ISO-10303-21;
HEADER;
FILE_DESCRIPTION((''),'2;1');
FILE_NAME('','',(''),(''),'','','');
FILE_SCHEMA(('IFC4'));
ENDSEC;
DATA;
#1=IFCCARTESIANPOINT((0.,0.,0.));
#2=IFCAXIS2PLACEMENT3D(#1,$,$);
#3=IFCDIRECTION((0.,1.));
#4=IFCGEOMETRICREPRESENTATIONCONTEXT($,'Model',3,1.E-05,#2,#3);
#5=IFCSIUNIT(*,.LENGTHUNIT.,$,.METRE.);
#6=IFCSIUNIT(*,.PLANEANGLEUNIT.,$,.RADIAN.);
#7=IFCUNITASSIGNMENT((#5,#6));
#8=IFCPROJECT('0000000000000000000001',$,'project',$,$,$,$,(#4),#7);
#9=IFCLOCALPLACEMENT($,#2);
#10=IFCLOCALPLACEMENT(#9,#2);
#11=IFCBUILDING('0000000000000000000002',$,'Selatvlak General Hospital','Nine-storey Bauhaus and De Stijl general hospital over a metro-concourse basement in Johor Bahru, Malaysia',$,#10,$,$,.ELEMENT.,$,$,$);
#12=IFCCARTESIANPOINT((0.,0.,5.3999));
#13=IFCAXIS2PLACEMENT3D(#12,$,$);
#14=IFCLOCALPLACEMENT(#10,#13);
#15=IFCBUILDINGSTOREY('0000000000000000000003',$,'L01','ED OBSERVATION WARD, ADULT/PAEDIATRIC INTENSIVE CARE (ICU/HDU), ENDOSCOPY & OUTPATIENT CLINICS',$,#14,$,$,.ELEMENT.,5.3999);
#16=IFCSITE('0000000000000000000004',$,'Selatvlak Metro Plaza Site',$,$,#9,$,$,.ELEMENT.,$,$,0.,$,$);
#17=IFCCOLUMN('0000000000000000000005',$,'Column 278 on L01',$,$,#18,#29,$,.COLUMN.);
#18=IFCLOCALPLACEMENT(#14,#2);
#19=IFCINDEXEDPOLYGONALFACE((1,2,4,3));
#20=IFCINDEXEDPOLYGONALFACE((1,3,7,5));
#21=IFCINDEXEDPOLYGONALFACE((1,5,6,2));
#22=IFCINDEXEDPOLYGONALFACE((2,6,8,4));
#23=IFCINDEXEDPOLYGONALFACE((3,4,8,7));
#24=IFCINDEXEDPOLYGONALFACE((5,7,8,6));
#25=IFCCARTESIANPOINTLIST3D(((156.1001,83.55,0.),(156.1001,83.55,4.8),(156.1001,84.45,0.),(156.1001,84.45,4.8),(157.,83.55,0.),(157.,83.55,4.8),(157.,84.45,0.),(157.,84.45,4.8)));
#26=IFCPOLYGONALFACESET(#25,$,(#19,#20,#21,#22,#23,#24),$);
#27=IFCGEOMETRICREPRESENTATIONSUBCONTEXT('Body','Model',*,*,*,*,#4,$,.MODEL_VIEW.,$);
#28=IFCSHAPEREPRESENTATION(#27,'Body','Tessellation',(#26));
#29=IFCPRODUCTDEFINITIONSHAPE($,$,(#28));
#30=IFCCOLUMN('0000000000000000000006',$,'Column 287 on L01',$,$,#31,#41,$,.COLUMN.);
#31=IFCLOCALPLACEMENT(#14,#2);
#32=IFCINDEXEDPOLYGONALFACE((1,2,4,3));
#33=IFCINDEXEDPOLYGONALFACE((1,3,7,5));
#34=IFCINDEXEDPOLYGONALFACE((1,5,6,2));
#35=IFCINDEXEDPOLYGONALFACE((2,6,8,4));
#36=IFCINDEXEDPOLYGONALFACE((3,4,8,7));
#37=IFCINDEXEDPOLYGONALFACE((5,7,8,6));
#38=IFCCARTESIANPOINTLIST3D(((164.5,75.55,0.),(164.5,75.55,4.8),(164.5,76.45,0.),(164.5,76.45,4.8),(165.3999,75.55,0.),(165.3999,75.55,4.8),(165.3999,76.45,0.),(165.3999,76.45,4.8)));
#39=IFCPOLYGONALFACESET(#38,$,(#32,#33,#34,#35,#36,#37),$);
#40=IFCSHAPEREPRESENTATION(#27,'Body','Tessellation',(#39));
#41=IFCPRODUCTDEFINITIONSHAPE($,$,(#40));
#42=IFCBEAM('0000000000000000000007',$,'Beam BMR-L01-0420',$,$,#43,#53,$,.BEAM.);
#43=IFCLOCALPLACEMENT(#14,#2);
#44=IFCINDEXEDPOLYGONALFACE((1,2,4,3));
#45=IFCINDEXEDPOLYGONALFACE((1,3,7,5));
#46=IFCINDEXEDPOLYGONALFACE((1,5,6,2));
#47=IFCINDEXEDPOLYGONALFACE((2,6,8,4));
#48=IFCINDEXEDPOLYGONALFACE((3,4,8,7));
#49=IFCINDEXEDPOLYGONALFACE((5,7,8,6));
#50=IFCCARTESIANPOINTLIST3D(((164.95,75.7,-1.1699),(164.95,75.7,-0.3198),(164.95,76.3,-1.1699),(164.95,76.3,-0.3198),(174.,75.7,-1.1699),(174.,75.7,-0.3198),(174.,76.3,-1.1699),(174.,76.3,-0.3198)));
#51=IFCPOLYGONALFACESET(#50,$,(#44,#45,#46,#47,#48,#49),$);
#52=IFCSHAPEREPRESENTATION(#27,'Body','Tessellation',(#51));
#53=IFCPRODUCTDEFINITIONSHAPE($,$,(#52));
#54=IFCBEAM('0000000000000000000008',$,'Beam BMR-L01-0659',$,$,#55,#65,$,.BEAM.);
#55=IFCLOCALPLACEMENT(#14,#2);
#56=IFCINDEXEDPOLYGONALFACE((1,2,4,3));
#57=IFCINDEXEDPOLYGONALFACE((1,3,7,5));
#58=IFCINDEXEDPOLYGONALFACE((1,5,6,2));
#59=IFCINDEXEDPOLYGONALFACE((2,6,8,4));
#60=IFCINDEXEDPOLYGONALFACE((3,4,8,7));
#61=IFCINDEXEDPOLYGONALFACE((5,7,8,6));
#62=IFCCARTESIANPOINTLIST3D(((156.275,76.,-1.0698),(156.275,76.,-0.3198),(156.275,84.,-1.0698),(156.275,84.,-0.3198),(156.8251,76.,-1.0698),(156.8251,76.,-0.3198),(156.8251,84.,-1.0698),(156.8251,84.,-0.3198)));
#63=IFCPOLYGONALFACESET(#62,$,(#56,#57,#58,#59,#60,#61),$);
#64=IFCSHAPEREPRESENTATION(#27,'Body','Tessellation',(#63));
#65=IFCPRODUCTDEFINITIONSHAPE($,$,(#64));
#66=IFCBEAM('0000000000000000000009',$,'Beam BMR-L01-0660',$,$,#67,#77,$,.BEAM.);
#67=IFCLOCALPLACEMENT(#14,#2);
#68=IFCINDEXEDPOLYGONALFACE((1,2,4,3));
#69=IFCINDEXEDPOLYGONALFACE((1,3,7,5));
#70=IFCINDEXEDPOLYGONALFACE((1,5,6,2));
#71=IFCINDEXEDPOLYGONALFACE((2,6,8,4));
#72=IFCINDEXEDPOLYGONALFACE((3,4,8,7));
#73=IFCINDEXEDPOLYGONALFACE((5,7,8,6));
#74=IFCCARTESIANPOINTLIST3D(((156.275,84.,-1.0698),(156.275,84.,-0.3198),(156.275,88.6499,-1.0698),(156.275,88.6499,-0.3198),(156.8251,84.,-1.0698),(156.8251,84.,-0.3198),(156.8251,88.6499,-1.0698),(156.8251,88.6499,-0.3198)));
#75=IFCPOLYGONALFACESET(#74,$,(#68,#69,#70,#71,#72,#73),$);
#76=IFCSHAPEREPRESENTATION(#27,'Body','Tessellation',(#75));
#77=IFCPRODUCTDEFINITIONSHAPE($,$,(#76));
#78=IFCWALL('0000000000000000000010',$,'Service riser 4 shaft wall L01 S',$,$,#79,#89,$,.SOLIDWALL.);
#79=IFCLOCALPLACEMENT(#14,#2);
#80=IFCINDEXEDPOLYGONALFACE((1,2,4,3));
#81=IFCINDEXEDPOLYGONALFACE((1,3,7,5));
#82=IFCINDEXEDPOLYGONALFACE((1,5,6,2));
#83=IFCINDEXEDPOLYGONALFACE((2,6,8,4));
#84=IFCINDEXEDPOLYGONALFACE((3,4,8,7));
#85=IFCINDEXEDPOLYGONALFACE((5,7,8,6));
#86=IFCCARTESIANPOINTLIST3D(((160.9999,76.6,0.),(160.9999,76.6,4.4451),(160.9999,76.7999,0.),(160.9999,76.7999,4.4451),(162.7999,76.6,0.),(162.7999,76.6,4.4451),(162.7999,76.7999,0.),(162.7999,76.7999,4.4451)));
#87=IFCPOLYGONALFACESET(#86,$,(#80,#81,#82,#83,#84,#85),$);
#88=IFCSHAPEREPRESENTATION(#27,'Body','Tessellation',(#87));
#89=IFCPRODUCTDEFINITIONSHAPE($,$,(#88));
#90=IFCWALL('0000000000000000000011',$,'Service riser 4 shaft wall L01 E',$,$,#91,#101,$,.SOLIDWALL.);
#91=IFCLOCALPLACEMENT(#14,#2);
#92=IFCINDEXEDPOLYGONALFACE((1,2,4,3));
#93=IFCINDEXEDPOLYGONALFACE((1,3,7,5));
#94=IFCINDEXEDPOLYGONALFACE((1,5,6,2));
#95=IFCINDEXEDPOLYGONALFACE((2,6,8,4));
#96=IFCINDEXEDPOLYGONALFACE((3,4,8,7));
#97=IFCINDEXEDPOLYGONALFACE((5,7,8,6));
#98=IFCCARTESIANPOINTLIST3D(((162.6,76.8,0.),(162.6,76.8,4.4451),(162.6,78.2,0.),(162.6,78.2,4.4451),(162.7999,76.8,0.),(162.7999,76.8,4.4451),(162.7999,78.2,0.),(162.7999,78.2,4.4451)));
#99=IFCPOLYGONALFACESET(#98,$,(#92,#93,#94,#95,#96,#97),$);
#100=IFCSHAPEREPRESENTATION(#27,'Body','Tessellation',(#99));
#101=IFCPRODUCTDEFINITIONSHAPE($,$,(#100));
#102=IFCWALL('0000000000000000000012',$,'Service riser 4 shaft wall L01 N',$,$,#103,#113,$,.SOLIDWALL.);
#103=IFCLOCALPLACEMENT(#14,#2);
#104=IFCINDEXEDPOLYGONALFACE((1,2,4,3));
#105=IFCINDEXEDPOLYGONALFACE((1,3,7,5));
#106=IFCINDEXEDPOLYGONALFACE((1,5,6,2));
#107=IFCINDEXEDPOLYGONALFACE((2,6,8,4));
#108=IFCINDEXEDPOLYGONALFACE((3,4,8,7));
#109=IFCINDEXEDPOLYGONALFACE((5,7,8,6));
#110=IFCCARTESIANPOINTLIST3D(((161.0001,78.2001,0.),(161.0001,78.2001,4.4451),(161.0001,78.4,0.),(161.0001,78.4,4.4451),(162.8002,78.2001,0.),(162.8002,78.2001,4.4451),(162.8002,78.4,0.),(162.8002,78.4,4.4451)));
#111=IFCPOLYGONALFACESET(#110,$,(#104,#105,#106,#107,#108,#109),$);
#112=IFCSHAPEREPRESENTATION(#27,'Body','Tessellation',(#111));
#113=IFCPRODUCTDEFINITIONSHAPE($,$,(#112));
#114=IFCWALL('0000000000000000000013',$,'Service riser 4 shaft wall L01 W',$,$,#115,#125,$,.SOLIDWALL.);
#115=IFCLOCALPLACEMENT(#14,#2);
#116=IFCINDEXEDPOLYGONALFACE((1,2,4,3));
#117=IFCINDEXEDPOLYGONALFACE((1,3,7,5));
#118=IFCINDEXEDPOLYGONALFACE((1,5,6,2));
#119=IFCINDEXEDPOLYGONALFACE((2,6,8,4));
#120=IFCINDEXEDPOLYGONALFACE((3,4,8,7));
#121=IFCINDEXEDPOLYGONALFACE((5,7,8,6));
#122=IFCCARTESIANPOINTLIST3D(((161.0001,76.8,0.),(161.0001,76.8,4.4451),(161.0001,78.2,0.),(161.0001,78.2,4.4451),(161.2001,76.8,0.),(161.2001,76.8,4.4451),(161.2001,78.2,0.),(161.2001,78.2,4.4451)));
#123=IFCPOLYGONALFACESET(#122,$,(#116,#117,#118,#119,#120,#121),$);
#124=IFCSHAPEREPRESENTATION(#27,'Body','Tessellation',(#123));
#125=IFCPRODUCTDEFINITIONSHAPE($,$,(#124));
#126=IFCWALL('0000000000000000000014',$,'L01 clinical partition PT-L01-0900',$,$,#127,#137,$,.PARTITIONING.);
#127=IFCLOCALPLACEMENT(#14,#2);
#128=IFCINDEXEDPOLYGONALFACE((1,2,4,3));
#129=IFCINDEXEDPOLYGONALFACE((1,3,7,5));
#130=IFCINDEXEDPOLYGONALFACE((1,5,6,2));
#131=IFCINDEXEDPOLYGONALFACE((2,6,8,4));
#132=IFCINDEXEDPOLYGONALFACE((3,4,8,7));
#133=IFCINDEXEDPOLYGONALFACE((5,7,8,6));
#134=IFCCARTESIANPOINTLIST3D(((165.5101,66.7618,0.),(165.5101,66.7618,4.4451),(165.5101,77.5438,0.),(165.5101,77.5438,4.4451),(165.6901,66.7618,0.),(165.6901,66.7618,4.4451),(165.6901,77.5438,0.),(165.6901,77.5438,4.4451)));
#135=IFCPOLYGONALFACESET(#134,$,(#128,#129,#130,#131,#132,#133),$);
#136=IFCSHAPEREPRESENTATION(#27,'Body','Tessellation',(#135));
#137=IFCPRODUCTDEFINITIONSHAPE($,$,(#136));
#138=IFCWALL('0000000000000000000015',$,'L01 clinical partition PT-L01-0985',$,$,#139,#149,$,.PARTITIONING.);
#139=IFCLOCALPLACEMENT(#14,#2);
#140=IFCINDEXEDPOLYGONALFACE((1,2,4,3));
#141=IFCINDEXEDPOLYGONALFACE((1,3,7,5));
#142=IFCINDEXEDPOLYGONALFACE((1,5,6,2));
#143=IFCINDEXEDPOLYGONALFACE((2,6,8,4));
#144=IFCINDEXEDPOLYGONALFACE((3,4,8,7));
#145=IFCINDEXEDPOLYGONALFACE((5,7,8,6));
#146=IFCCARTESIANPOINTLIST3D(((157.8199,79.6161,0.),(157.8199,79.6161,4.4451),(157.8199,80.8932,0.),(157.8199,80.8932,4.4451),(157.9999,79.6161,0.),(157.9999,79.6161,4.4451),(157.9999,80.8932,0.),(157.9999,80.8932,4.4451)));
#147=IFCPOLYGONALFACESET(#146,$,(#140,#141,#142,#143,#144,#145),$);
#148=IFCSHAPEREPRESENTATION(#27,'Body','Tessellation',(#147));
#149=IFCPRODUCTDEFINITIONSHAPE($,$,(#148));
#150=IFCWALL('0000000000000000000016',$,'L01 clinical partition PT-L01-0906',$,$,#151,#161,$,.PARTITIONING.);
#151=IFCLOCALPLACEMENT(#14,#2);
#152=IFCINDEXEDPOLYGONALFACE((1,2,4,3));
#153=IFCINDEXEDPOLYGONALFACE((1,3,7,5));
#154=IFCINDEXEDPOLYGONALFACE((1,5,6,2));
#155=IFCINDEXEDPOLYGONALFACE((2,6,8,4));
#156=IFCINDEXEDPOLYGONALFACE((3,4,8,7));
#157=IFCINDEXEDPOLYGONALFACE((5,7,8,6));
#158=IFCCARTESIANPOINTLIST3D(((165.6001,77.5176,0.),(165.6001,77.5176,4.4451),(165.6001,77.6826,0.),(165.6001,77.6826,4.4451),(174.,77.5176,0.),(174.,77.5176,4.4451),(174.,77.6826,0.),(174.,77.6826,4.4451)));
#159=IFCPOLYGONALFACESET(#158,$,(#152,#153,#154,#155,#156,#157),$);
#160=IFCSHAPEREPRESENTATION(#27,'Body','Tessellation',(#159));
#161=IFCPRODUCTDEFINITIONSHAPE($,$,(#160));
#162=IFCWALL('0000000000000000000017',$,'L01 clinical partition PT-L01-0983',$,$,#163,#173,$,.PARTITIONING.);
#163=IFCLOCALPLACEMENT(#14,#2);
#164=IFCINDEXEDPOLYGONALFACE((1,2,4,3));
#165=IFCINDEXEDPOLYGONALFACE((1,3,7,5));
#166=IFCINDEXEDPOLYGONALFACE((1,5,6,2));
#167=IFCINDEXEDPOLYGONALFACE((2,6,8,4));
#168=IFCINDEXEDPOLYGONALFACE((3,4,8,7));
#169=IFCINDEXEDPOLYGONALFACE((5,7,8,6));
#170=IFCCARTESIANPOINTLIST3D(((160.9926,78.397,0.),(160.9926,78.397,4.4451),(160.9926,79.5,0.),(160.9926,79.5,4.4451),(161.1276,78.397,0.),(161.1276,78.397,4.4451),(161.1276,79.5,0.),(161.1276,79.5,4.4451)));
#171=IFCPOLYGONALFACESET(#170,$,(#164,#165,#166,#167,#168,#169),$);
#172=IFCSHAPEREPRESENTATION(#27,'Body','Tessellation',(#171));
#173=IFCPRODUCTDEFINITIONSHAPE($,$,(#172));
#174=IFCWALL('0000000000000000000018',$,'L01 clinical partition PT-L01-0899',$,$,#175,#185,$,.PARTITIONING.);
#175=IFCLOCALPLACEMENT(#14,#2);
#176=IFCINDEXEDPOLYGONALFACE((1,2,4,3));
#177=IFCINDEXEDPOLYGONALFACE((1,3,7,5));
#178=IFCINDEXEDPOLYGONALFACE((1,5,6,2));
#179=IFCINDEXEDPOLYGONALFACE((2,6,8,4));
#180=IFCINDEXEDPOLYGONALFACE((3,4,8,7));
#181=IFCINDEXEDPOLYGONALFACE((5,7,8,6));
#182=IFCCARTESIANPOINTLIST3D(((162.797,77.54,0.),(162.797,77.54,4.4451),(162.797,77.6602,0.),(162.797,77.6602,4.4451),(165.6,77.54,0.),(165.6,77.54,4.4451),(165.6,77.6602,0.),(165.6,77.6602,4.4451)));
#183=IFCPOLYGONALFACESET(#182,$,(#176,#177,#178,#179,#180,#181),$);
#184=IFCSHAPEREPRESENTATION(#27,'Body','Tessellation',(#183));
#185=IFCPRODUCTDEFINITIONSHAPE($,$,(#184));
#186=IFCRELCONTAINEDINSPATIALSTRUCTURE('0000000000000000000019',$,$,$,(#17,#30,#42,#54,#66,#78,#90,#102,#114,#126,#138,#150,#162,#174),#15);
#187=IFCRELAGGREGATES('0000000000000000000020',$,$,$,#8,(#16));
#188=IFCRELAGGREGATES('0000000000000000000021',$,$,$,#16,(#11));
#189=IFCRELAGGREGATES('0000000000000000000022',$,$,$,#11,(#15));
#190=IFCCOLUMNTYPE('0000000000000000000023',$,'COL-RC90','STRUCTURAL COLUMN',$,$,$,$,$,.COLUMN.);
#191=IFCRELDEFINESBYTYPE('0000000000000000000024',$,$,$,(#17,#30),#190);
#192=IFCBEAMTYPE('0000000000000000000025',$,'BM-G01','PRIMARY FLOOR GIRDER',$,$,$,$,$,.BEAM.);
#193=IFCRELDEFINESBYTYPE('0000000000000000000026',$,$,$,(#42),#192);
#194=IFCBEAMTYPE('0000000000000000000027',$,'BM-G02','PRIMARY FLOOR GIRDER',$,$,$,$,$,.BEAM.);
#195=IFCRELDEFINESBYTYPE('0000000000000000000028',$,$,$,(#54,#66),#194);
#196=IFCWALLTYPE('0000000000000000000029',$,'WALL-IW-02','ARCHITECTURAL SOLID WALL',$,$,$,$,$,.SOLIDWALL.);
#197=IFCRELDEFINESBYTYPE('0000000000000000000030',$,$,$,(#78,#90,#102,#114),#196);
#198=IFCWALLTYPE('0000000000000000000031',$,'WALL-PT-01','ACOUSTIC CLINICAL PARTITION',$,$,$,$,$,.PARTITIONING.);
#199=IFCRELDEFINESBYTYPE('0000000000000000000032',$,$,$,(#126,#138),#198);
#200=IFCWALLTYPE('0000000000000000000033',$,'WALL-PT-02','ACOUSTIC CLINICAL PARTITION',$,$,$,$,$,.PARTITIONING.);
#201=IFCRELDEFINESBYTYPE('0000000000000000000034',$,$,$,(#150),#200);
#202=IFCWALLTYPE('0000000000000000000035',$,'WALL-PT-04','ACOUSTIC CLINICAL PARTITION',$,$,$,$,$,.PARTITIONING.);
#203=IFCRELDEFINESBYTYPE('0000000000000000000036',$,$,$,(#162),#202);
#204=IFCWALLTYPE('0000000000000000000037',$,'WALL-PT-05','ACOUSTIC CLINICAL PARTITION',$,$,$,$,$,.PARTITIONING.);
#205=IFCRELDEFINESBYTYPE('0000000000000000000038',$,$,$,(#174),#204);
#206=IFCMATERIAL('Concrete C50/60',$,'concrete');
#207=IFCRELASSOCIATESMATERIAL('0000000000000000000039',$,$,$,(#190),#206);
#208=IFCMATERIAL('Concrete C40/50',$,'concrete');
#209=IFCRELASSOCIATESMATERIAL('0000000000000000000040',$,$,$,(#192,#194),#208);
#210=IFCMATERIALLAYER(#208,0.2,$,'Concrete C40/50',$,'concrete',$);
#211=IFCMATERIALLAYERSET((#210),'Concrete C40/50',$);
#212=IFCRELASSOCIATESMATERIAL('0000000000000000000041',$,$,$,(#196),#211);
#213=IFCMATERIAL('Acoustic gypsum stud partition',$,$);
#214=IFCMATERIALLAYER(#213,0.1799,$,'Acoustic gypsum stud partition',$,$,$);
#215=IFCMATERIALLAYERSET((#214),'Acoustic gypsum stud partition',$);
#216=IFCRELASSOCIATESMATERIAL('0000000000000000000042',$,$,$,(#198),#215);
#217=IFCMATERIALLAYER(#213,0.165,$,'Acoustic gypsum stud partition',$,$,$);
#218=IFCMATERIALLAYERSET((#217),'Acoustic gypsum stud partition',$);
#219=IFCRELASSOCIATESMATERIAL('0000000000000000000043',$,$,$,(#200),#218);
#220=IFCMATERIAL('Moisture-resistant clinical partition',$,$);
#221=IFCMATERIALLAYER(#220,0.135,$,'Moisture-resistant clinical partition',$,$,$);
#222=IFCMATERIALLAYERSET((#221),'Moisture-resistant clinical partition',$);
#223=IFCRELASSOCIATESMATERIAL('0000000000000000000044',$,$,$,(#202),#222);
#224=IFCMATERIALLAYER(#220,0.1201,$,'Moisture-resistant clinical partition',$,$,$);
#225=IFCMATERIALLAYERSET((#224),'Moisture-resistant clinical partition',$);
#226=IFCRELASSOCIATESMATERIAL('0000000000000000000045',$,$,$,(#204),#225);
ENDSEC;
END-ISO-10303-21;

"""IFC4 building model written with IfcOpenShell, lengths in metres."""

from ifc_helpers import new_model, si_unit, direction, frame, frame_2d, origin, origin_2d, place, context, subcontext, project, spatial, rectangle, extrude, material, layer, layer_set, material_profile, profile_set, type_object, element, save


model = new_model("IFC4")

# Units and contexts
model_context = context("Model", 3, precision=1e-05, world=origin(), true_north=direction((0.0, 1.0)))
body_context = subcontext(model_context, "Body", "Model", "MODEL_VIEW")
ifc_project = project(units=[si_unit("LENGTHUNIT", "METRE"), si_unit("PLANEANGLEUNIT", "RADIAN")], contexts=[model_context])

# Site, building, storey
site_placement = place(None, origin())
site = spatial("IfcSite", under=ifc_project, at=site_placement, Name="Selatvlak Metro Plaza Site", CompositionType="ELEMENT", RefElevation=0.0)
building_placement = place(site_placement, origin())
building = spatial("IfcBuilding", under=site, at=building_placement, Name="Selatvlak General Hospital", Description="Nine-storey Bauhaus and De Stijl general hospital over a metro-concourse basement in Johor Bahru, Malaysia", CompositionType="ELEMENT")
storey_placement = place(building_placement, frame((0.0, 0.0, 5.3999)))
storey = spatial("IfcBuildingStorey", under=building, at=storey_placement, Name="L01", Description="ED OBSERVATION WARD, ADULT/PAEDIATRIC INTENSIVE CARE (ICU/HDU), ENDOSCOPY & OUTPATIENT CLINICS", CompositionType="ELEMENT", Elevation=5.3999)

# Columns
ifc_material_1 = material(Name="Concrete C50/60", Category="concrete")
ifc_material_profile_1 = material_profile(ifc_material_1, rectangle(XDim=0.8999, YDim=0.8999, at=origin_2d()), Name="RC-COL 900x900")
ifc_profile_set_1 = profile_set([ifc_material_profile_1], Name="Concrete C50/60")
column_type = type_object("IfcColumnType", Name="COL-RC90", Description="STRUCTURAL COLUMN", PredefinedType="COLUMN", material=ifc_profile_set_1)
for number, where, z_axis, x_axis, name in (
    (1, (156.55, 84.0, 0.0), (0.0, 0.0, 1.0), (1.0, 0.0, 0.0), "Column 278 on L01"),
    (2, (164.95, 76.0, 0.0), (0.0, 0.0, 1.0), (1.0, 0.0, 0.0), "Column 287 on L01"),
):
    element("IfcColumn", number, at=place(storey_placement, frame(where, z_axis=z_axis, x_axis=x_axis)), inside=storey, type_object=column_type, Name=name, PredefinedType="COLUMN", context=body_context, shape_type="SweptSolid", body=[
        extrude(rectangle(XDim=0.8999, YDim=0.8999, at=origin_2d()), origin(), (0.0, 0.0, 1.0), 4.8),
    ])

# Beams
ifc_material_2 = material(Name="Concrete C40/50", Category="concrete")
ifc_material_profile_2 = material_profile(ifc_material_2, rectangle(XDim=0.6001, YDim=0.8501, at=origin_2d()), Name="RC-BM 600x850")
ifc_profile_set_2 = profile_set([ifc_material_profile_2], Name="Concrete C40/50")
beam_type_1 = type_object("IfcBeamType", Name="BM-G01", Description="PRIMARY FLOOR GIRDER", PredefinedType="BEAM", material=ifc_profile_set_2)
beam_1_placement = place(storey_placement, frame((164.95, 76.0, -0.7449), z_axis=(1.0, 0.0, 0.0), x_axis=(0.0, 1.0, 0.0)))
element("IfcBeam", 3, at=beam_1_placement, inside=storey, type_object=beam_type_1, Name="Beam BMR-L01-0420", PredefinedType="BEAM", context=body_context, shape_type="SweptSolid", body=[
    extrude(rectangle(XDim=0.6001, YDim=0.8501, at=origin_2d()), origin(), (0.0, 0.0, 1.0), 9.05),
])
ifc_material_profile_3 = material_profile(ifc_material_2, rectangle(XDim=0.55, YDim=0.75, at=origin_2d()), Name="RC-BM 550x750")
ifc_profile_set_3 = profile_set([ifc_material_profile_3], Name="Concrete C40/50")
beam_type_2 = type_object("IfcBeamType", Name="BM-G02", Description="PRIMARY FLOOR GIRDER", PredefinedType="BEAM", material=ifc_profile_set_3)
beam_2_placement = place(storey_placement, frame((156.55, 76.0, -0.6948), z_axis=(0.0, 1.0, 0.0), x_axis=(-1.0, 0.0, 0.0)))
element("IfcBeam", 4, at=beam_2_placement, inside=storey, type_object=beam_type_2, Name="Beam BMR-L01-0659", PredefinedType="BEAM", context=body_context, shape_type="SweptSolid", body=[
    extrude(rectangle(XDim=0.55, YDim=0.75, at=origin_2d()), origin(), (0.0, 0.0, 1.0), 8.0),
])
beam_3_placement = place(storey_placement, frame((156.55, 84.0, -0.6948), z_axis=(0.0, 1.0, 0.0), x_axis=(-1.0, 0.0, 0.0)))
element("IfcBeam", 5, at=beam_3_placement, inside=storey, type_object=beam_type_2, Name="Beam BMR-L01-0660", PredefinedType="BEAM", context=body_context, shape_type="SweptSolid", body=[
    extrude(rectangle(XDim=0.55, YDim=0.75, at=origin_2d()), origin(), (0.0, 0.0, 1.0), 4.6499),
])

# Walls
ifc_layer_1 = layer(ifc_material_2, 0.2, Name="Concrete C40/50", Category="concrete")
ifc_layer_set_1 = layer_set([ifc_layer_1], Name="Concrete C40/50")
wall_type_1 = type_object("IfcWallType", Name="WALL-IW-02", Description="ARCHITECTURAL SOLID WALL", PredefinedType="SOLIDWALL", material=ifc_layer_set_1)
wall_1_placement = place(storey_placement, frame((161.0, 76.7, 0.0), z_axis=(0.0, 0.0, 1.0), x_axis=(1.0, 0.0, 0.0)))
element("IfcWall", 6, at=wall_1_placement, inside=storey, type_object=wall_type_1, Name="Service riser 4 shaft wall L01 S", PredefinedType="SOLIDWALL", context=body_context, shape_type="SweptSolid", body=[
    extrude(rectangle(XDim=1.8, YDim=0.2, at=frame_2d((0.8999, 0.0))), origin(), (0.0, 0.0, 1.0), 4.4451),
])
wall_2_placement = place(storey_placement, frame((162.7, 76.8, 0.0), z_axis=(0.0, 0.0, 1.0), x_axis=(0.0, 1.0, 0.0)))
element("IfcWall", 7, at=wall_2_placement, inside=storey, type_object=wall_type_1, Name="Service riser 4 shaft wall L01 E", PredefinedType="SOLIDWALL", context=body_context, shape_type="SweptSolid", body=[
    extrude(rectangle(XDim=1.3999, YDim=0.2, at=frame_2d((0.7, 0.0))), origin(), (0.0, 0.0, 1.0), 4.4451),
])
wall_3_placement = place(storey_placement, frame((162.8, 78.3, 0.0), z_axis=(0.0, 0.0, 1.0), x_axis=(-1.0, 0.0, 0.0)))
element("IfcWall", 8, at=wall_3_placement, inside=storey, type_object=wall_type_1, Name="Service riser 4 shaft wall L01 N", PredefinedType="SOLIDWALL", context=body_context, shape_type="SweptSolid", body=[
    extrude(rectangle(XDim=1.8, YDim=0.2, at=frame_2d((0.8999, 0.0))), origin(), (0.0, 0.0, 1.0), 4.4451),
])
wall_4_placement = place(storey_placement, frame((161.1001, 78.2, 0.0), z_axis=(0.0, 0.0, 1.0), x_axis=(0.0, -1.0, 0.0)))
element("IfcWall", 9, at=wall_4_placement, inside=storey, type_object=wall_type_1, Name="Service riser 4 shaft wall L01 W", PredefinedType="SOLIDWALL", context=body_context, shape_type="SweptSolid", body=[
    extrude(rectangle(XDim=1.3999, YDim=0.2, at=frame_2d((0.7, 0.0))), origin(), (0.0, 0.0, 1.0), 4.4451),
])
ifc_material_3 = material(Name="Acoustic gypsum stud partition")
ifc_layer_2 = layer(ifc_material_3, 0.1799, Name="Acoustic gypsum stud partition")
ifc_layer_set_2 = layer_set([ifc_layer_2], Name="Acoustic gypsum stud partition")
wall_type_2 = type_object("IfcWallType", Name="WALL-PT-01", Description="ACOUSTIC CLINICAL PARTITION", PredefinedType="PARTITIONING", material=ifc_layer_set_2)
wall_5_placement = place(storey_placement, frame((165.6001, 77.5439, 0.0), z_axis=(0.0, 0.0, 1.0), x_axis=(0.0, -1.0, 0.0)))
element("IfcWall", 10, at=wall_5_placement, inside=storey, type_object=wall_type_2, Name="L01 clinical partition PT-L01-0900", PredefinedType="PARTITIONING", context=body_context, shape_type="SweptSolid", body=[
    extrude(rectangle(XDim=10.782, YDim=0.1799, at=frame_2d((5.3911, 0.0))), origin(), (0.0, 0.0, 1.0), 4.4451),
])
wall_6_placement = place(storey_placement, frame((157.9099, 79.616, 0.0), z_axis=(0.0, 0.0, 1.0), x_axis=(0.0, 1.0, 0.0)))
element("IfcWall", 11, at=wall_6_placement, inside=storey, type_object=wall_type_2, Name="L01 clinical partition PT-L01-0985", PredefinedType="PARTITIONING", context=body_context, shape_type="SweptSolid", body=[
    extrude(rectangle(XDim=1.2771, YDim=0.1799, at=frame_2d((0.6387, 0.0))), origin(), (0.0, 0.0, 1.0), 4.4451),
])
ifc_layer_3 = layer(ifc_material_3, 0.165, Name="Acoustic gypsum stud partition")
ifc_layer_set_3 = layer_set([ifc_layer_3], Name="Acoustic gypsum stud partition")
wall_type_3 = type_object("IfcWallType", Name="WALL-PT-02", Description="ACOUSTIC CLINICAL PARTITION", PredefinedType="PARTITIONING", material=ifc_layer_set_3)
wall_7_placement = place(storey_placement, frame((165.6001, 77.6001, 0.0), z_axis=(0.0, 0.0, 1.0), x_axis=(1.0, 0.0, 0.0)))
element("IfcWall", 12, at=wall_7_placement, inside=storey, type_object=wall_type_3, Name="L01 clinical partition PT-L01-0906", PredefinedType="PARTITIONING", context=body_context, shape_type="SweptSolid", body=[
    extrude(rectangle(XDim=8.3999, YDim=0.165, at=frame_2d((4.2, 0.0))), origin(), (0.0, 0.0, 1.0), 4.4451),
])
ifc_material_4 = material(Name="Moisture-resistant clinical partition")
ifc_layer_4 = layer(ifc_material_4, 0.135, Name="Moisture-resistant clinical partition")
ifc_layer_set_4 = layer_set([ifc_layer_4], Name="Moisture-resistant clinical partition")
wall_type_4 = type_object("IfcWallType", Name="WALL-PT-04", Description="ACOUSTIC CLINICAL PARTITION", PredefinedType="PARTITIONING", material=ifc_layer_set_4)
wall_8_placement = place(storey_placement, frame((161.0601, 78.397, 0.0), z_axis=(0.0, 0.0, 1.0), x_axis=(0.0, 1.0, 0.0)))
element("IfcWall", 13, at=wall_8_placement, inside=storey, type_object=wall_type_4, Name="L01 clinical partition PT-L01-0983", PredefinedType="PARTITIONING", context=body_context, shape_type="SweptSolid", body=[
    extrude(rectangle(XDim=1.103, YDim=0.135, at=frame_2d((0.5515, 0.0))), origin(), (0.0, 0.0, 1.0), 4.4451),
])
ifc_layer_5 = layer(ifc_material_4, 0.1201, Name="Moisture-resistant clinical partition")
ifc_layer_set_5 = layer_set([ifc_layer_5], Name="Moisture-resistant clinical partition")
wall_type_5 = type_object("IfcWallType", Name="WALL-PT-05", Description="ACOUSTIC CLINICAL PARTITION", PredefinedType="PARTITIONING", material=ifc_layer_set_5)
wall_9_placement = place(storey_placement, frame((162.7971, 77.6001, 0.0), z_axis=(0.0, 0.0, 1.0), x_axis=(1.0, 0.0, 0.0)))
element("IfcWall", 14, at=wall_9_placement, inside=storey, type_object=wall_type_5, Name="L01 clinical partition PT-L01-0899", PredefinedType="PARTITIONING", context=body_context, shape_type="SweptSolid", body=[
    extrude(rectangle(XDim=2.803, YDim=0.1201, at=frame_2d((1.4014, 0.0))), origin(), (0.0, 0.0, 1.0), 4.4451),
])

save(model, "model.ifc")
